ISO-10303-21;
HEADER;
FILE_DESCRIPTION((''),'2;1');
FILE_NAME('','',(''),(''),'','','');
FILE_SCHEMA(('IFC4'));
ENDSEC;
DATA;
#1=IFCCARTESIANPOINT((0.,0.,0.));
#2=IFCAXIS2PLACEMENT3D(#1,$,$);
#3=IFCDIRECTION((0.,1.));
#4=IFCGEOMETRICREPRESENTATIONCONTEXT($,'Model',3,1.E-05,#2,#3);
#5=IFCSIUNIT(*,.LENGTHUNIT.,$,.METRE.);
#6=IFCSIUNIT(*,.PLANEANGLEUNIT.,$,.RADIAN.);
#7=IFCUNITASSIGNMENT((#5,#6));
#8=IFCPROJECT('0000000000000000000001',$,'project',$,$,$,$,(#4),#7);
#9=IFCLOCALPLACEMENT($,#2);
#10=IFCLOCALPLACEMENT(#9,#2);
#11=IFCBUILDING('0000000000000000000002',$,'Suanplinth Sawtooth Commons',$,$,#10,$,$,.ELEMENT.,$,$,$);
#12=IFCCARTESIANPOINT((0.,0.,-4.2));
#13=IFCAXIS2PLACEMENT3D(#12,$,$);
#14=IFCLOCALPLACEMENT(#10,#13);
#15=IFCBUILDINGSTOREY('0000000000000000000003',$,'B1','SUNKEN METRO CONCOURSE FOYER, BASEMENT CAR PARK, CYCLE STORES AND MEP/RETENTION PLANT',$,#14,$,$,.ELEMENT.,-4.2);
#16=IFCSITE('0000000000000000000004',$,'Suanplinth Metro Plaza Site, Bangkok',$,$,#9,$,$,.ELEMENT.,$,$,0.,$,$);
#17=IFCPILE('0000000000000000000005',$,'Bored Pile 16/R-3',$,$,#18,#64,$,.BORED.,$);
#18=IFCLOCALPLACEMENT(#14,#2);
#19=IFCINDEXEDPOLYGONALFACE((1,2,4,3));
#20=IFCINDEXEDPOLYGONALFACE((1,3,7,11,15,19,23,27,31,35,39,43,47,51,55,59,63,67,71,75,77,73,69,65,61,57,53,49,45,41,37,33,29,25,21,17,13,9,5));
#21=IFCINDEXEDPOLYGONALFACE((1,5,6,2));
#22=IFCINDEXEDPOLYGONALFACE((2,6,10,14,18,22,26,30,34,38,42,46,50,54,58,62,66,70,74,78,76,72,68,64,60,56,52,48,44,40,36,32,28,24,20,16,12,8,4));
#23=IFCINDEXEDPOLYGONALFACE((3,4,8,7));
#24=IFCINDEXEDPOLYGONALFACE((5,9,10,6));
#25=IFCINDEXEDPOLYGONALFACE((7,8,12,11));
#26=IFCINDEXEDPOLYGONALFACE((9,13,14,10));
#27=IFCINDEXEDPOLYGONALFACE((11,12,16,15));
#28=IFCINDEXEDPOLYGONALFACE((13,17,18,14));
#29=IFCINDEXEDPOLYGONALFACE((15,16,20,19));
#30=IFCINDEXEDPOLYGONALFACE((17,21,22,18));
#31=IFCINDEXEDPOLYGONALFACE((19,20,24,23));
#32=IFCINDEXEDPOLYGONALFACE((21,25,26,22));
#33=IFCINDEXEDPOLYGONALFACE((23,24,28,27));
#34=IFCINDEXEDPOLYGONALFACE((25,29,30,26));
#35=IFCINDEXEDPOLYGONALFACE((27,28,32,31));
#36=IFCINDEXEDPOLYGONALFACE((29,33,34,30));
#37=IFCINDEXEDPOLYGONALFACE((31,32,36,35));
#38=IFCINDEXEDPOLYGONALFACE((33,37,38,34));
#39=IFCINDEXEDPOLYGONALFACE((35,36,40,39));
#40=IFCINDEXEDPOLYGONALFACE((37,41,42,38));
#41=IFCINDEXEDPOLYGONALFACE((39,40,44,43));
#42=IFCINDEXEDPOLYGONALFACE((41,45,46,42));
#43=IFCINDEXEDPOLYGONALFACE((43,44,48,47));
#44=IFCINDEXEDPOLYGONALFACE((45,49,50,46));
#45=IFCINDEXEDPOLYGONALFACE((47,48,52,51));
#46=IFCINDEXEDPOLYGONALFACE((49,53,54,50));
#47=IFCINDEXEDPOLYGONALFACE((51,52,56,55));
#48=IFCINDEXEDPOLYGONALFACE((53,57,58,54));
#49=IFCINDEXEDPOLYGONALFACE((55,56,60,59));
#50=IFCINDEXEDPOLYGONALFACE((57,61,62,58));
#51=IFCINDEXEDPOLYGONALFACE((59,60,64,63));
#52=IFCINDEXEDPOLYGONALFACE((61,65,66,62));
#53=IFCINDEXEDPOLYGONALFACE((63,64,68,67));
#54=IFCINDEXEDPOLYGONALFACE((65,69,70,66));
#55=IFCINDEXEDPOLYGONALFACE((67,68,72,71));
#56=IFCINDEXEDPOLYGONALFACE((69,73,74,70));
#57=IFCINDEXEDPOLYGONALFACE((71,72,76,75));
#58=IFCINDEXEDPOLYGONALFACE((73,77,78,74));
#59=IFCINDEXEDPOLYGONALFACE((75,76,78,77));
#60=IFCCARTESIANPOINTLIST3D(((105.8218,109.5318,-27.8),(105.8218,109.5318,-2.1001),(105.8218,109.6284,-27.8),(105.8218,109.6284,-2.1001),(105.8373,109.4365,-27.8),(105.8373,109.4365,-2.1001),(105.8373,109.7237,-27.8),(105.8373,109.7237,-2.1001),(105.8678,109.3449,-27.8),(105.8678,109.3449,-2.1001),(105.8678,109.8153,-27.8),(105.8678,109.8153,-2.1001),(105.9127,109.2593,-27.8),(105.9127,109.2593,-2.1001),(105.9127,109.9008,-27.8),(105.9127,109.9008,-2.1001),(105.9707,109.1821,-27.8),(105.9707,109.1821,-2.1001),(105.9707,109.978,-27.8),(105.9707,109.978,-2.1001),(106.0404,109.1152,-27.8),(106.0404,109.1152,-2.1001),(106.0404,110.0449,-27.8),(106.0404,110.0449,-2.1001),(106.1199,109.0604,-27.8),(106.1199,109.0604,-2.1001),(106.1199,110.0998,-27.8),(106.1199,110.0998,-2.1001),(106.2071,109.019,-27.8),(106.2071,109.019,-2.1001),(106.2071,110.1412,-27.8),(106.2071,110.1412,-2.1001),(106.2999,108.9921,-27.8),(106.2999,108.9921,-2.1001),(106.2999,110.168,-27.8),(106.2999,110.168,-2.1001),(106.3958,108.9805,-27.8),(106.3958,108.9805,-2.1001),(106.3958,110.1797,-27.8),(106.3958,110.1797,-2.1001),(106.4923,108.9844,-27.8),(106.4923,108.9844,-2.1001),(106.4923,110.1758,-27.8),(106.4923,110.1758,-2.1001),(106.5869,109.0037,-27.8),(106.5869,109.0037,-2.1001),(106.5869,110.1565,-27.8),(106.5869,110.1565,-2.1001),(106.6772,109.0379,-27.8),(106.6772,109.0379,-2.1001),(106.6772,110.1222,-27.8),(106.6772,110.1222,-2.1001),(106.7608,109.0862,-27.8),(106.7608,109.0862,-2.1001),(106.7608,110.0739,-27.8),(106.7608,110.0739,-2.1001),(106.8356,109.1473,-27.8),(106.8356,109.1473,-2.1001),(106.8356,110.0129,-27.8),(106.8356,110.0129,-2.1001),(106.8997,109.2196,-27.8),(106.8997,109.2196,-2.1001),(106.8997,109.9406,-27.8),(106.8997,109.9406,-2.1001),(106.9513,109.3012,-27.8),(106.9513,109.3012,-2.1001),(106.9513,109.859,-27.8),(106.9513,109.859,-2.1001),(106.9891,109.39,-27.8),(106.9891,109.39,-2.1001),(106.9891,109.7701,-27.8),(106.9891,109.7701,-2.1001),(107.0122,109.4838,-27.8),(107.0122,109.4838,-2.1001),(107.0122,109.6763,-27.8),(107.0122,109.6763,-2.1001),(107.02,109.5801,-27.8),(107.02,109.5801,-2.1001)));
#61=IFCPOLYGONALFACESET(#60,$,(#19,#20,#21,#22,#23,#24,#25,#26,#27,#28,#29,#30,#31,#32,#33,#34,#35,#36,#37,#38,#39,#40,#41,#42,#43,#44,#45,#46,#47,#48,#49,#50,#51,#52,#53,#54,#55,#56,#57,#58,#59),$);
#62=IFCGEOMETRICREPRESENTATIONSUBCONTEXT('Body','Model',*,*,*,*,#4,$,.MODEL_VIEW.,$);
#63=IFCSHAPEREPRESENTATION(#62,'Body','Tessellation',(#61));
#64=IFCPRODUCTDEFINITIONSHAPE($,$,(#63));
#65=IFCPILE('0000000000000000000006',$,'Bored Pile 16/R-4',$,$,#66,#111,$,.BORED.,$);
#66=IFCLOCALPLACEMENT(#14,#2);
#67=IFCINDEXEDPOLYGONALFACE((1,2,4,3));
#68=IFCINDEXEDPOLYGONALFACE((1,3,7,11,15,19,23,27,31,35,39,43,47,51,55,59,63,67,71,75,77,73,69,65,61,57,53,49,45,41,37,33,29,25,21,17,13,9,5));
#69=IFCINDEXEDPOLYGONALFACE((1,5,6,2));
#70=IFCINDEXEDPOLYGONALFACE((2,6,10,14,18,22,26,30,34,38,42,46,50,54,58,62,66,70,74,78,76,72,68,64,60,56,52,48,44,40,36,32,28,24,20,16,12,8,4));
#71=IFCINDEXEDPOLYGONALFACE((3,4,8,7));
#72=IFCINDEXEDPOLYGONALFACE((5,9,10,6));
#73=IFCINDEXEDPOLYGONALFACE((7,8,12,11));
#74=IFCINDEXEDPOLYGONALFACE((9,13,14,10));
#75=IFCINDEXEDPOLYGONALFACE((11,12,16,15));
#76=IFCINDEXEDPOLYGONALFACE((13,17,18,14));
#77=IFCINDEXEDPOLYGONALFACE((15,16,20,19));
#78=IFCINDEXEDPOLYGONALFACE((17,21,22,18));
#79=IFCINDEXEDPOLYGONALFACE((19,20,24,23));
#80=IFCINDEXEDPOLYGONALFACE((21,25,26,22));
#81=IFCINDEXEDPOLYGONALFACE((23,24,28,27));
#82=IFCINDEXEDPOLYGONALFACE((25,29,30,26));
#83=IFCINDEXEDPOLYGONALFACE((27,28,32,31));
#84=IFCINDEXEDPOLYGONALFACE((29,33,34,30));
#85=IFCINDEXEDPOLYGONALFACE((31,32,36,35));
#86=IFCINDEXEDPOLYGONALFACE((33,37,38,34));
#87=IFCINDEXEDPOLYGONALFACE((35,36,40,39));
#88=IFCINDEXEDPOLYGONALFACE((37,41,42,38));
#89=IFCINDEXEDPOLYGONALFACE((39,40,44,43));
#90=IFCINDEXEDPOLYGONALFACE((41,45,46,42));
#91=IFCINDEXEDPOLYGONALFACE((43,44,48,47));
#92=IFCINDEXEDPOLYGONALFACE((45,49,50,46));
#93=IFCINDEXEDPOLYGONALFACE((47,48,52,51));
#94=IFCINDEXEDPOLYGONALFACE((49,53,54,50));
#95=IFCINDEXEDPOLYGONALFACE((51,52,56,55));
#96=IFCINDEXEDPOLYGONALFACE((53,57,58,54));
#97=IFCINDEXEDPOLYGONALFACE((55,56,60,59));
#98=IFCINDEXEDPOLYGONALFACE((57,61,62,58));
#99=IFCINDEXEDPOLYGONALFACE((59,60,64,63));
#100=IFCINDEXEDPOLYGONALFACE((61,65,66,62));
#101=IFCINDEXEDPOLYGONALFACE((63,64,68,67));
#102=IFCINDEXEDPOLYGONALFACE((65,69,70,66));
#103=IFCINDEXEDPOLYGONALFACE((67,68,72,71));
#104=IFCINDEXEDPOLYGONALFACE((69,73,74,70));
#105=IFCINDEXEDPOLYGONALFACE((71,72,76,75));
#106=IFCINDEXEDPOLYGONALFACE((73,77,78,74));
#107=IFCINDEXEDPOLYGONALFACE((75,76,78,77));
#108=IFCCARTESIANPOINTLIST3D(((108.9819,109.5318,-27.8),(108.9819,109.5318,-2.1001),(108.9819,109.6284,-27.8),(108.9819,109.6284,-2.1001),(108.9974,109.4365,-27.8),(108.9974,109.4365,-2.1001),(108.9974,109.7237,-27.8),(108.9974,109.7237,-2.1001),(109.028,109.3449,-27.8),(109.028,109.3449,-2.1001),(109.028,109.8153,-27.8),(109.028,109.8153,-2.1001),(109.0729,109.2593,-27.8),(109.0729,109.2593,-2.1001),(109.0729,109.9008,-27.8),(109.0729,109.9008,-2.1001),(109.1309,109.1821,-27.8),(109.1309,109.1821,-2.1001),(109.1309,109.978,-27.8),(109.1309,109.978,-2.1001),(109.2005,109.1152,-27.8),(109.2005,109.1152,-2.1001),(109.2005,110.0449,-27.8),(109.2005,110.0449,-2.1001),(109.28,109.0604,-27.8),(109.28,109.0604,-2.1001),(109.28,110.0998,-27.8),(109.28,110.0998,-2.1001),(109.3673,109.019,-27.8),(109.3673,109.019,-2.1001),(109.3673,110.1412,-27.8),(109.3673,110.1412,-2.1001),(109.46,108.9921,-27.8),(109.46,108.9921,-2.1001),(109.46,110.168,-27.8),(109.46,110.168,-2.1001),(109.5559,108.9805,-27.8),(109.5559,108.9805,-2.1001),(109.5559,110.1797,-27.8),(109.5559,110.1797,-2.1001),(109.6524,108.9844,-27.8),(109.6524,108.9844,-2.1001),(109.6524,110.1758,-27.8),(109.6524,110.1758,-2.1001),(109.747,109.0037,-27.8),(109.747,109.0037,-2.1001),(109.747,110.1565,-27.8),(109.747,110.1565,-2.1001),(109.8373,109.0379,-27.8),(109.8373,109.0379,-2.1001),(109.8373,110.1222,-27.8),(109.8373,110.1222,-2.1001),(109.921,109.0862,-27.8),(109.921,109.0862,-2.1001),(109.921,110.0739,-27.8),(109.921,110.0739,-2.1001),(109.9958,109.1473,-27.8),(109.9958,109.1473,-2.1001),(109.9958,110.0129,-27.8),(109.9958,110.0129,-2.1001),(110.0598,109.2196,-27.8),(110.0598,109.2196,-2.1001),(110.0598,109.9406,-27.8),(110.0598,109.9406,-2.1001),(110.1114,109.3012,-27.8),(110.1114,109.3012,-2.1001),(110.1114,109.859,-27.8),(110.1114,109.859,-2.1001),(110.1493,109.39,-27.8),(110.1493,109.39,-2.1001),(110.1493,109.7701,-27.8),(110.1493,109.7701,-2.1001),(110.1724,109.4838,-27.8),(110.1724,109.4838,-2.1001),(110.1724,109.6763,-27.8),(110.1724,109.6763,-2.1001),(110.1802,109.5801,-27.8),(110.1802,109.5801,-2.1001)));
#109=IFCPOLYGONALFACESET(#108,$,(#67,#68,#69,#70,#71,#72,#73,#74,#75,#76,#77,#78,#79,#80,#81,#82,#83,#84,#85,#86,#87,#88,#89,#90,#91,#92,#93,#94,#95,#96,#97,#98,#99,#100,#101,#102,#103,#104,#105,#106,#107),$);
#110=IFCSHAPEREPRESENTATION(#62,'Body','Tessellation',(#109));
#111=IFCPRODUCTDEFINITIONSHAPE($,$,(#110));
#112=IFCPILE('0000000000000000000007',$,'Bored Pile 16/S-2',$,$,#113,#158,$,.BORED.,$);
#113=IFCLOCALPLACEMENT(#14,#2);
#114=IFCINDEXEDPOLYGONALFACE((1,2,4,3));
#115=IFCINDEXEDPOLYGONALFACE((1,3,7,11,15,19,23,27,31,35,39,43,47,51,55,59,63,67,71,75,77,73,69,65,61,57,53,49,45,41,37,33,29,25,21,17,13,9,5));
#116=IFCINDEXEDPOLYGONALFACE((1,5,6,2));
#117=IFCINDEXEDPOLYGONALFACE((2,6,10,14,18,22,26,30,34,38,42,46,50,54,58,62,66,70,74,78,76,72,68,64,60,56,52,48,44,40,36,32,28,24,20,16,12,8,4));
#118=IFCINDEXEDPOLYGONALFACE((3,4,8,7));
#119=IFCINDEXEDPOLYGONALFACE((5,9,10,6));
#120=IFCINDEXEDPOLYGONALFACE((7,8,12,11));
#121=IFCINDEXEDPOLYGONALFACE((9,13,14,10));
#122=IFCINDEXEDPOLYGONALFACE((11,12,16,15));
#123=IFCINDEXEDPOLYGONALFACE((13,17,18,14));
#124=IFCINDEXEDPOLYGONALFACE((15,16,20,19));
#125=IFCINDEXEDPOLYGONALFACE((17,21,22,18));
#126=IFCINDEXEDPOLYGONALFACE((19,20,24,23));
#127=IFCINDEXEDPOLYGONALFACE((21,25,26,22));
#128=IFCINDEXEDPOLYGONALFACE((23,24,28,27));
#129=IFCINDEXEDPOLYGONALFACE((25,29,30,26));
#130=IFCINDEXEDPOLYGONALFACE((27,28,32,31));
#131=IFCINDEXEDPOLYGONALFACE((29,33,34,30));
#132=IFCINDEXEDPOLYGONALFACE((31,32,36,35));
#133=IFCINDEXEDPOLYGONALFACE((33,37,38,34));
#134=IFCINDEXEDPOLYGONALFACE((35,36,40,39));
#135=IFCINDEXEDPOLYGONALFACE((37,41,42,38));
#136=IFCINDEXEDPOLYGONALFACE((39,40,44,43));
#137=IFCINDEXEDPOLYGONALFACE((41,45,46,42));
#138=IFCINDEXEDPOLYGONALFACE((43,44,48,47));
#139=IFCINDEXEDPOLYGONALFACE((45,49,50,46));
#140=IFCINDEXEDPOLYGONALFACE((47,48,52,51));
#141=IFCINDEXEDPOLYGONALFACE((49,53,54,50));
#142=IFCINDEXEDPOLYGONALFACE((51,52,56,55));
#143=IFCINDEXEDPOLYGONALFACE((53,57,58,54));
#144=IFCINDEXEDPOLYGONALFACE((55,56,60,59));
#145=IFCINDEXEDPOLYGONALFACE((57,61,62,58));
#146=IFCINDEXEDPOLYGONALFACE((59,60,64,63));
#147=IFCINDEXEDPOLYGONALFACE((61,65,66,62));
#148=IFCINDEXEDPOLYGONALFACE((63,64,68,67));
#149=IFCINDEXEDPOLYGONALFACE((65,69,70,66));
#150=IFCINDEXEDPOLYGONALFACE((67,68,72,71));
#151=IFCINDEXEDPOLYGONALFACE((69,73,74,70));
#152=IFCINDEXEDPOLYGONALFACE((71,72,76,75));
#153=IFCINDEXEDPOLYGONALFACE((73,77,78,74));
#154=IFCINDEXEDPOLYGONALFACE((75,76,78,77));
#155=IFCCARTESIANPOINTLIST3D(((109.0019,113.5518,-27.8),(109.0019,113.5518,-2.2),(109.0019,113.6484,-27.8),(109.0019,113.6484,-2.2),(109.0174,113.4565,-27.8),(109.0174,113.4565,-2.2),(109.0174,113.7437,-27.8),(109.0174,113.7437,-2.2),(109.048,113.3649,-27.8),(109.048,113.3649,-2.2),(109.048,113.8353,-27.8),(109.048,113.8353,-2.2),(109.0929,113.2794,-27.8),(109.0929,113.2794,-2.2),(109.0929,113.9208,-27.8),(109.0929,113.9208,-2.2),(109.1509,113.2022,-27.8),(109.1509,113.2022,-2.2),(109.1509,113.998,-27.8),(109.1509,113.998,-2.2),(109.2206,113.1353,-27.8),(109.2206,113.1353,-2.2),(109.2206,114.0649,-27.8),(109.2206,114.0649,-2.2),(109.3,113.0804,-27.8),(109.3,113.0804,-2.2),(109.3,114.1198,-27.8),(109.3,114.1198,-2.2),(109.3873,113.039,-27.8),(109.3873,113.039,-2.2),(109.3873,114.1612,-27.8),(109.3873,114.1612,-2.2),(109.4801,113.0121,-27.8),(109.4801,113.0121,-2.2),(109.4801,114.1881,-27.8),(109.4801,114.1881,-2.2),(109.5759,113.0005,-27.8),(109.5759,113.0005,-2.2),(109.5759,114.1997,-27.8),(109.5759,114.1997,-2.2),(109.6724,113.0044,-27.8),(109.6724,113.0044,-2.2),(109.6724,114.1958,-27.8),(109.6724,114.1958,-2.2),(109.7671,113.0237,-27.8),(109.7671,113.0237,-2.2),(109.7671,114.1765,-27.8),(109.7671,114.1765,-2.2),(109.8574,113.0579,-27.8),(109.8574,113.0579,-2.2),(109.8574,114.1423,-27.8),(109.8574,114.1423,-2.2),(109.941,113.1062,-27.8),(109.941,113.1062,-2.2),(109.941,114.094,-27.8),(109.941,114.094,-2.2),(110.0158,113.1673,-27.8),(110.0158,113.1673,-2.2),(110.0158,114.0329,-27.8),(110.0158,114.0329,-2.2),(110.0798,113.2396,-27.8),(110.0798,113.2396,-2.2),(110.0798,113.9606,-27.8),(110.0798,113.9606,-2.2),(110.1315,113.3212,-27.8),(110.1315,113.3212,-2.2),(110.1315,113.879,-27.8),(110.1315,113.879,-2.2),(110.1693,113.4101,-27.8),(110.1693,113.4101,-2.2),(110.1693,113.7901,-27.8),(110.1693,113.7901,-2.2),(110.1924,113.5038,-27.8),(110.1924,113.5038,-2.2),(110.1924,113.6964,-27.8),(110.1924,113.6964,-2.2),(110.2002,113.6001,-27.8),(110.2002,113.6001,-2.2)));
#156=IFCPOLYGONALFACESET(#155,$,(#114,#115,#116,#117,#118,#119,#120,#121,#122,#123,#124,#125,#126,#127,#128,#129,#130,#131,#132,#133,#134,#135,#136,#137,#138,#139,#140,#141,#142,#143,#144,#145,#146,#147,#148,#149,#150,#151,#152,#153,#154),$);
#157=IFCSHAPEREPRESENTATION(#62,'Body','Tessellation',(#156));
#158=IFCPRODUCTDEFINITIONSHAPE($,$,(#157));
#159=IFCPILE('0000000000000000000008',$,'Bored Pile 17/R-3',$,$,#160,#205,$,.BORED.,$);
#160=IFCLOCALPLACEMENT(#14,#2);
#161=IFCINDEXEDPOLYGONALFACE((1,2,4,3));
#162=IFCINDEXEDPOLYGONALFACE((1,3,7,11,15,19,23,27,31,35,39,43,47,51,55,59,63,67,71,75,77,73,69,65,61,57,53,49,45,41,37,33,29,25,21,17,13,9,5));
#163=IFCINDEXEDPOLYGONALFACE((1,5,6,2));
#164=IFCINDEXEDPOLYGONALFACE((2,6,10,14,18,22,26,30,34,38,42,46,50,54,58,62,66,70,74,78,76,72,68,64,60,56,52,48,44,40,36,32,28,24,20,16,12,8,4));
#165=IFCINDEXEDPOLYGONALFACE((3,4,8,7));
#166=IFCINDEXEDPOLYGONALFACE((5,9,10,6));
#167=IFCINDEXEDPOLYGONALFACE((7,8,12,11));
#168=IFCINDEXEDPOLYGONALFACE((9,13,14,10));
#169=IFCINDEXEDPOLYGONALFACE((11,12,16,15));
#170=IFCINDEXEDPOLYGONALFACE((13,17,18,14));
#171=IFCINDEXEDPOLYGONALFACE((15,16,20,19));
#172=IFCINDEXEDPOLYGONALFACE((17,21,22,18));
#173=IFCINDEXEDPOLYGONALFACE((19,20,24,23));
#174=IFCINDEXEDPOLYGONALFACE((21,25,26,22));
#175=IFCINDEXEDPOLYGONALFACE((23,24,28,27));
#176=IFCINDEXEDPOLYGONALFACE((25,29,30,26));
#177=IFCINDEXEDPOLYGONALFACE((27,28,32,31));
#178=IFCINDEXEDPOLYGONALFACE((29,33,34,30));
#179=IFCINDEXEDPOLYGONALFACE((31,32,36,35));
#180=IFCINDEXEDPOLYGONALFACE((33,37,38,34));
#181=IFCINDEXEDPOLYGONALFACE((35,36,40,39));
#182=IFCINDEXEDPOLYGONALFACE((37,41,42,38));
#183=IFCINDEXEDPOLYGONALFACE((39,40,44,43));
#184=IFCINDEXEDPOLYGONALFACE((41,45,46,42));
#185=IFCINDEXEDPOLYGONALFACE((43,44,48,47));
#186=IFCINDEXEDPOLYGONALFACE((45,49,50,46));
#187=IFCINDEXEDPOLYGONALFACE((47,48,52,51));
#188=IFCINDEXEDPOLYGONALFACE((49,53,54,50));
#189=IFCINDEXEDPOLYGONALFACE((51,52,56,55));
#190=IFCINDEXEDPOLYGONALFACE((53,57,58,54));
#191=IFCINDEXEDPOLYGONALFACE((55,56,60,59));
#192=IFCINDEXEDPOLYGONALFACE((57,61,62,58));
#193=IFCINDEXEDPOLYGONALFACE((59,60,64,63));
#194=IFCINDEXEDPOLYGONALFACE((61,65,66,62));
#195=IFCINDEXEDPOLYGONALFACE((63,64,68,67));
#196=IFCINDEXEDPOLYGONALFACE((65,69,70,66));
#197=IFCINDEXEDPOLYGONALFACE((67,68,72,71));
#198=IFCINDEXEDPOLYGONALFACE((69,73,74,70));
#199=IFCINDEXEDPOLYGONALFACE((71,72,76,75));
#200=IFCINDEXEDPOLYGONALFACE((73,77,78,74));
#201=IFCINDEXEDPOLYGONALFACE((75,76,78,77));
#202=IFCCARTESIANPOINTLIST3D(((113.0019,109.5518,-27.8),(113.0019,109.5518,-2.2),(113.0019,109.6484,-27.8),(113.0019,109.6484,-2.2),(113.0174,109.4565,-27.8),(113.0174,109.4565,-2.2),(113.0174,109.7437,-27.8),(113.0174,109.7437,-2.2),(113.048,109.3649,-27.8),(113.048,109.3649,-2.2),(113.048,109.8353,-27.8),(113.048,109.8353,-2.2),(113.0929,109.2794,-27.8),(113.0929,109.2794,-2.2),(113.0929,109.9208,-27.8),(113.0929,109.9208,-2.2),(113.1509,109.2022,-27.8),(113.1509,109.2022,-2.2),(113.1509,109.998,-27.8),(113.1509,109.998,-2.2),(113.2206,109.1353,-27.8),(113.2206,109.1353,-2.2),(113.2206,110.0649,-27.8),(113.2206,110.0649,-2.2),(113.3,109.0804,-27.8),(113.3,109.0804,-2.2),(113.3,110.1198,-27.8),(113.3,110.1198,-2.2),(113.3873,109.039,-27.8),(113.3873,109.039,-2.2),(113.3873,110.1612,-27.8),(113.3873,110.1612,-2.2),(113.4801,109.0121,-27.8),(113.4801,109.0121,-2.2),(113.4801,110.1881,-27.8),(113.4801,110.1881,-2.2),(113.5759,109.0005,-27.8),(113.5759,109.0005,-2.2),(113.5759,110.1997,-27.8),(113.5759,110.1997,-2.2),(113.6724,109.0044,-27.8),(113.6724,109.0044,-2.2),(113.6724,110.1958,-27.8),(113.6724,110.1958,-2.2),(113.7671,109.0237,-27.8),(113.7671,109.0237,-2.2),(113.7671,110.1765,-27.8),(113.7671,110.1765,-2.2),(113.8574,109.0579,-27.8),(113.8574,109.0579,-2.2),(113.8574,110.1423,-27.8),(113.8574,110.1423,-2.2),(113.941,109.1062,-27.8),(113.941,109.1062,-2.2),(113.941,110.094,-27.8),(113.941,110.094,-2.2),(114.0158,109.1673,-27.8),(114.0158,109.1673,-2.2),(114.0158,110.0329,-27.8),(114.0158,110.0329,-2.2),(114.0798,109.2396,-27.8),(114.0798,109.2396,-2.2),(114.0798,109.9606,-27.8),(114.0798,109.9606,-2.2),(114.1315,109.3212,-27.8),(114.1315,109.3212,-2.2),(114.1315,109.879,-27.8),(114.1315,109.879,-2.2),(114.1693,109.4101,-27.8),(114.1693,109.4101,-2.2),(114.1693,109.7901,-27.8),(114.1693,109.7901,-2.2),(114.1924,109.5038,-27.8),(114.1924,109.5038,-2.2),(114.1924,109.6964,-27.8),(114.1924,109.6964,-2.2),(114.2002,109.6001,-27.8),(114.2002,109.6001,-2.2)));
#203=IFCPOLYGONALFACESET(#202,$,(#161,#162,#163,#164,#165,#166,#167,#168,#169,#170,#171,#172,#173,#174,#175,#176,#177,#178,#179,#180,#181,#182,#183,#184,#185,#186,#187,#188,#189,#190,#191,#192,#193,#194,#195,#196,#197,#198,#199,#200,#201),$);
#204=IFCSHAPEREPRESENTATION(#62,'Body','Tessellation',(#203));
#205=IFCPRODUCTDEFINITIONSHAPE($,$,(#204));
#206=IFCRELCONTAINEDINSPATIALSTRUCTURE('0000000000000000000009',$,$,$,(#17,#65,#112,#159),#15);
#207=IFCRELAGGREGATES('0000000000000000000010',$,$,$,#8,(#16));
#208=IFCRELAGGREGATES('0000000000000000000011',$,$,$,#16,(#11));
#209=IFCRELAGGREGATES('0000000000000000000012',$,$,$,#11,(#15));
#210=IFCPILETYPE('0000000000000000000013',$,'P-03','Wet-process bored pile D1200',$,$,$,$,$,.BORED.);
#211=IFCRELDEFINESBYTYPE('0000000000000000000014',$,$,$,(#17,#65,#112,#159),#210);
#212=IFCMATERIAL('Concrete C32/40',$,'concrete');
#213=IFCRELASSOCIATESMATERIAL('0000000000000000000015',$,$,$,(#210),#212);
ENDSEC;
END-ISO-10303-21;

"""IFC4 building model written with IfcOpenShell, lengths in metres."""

from ifc_helpers import new_model, si_unit, direction, frame, origin, origin_2d, place, context, subcontext, project, spatial, circle, extrude, material, material_profile, profile_set, type_object, element, save


model = new_model("IFC4")

# Units and contexts
model_context = context("Model", 3, precision=1e-05, world=origin(), true_north=direction((0.0, 1.0)))
body_context = subcontext(model_context, "Body", "Model", "MODEL_VIEW")
ifc_project = project(units=[si_unit("LENGTHUNIT", "METRE"), si_unit("PLANEANGLEUNIT", "RADIAN")], contexts=[model_context])

# Site, building, storey
site_placement = place(None, origin())
site = spatial("IfcSite", under=ifc_project, at=site_placement, Name="Suanplinth Metro Plaza Site, Bangkok", CompositionType="ELEMENT", RefElevation=0.0)
building_placement = place(site_placement, origin())
building = spatial("IfcBuilding", under=site, at=building_placement, Name="Suanplinth Sawtooth Commons", CompositionType="ELEMENT")
storey_placement = place(building_placement, frame((0.0, 0.0, -4.2)))
storey = spatial("IfcBuildingStorey", under=building, at=storey_placement, Name="B1", Description="SUNKEN METRO CONCOURSE FOYER, BASEMENT CAR PARK, CYCLE STORES AND MEP/RETENTION PLANT", CompositionType="ELEMENT", Elevation=-4.2)

# Piles
ifc_material_1 = material(Name="Concrete C32/40", Category="concrete")
ifc_material_profile_1 = material_profile(ifc_material_1, circle(Radius=0.6001, at=origin_2d()), Name="PILE D1200")
ifc_profile_set_1 = profile_set([ifc_material_profile_1], Name="Concrete C32/40")
pile_type_1 = type_object("IfcPileType", Name="P-03", Description="Wet-process bored pile D1200", PredefinedType="BORED", material=ifc_profile_set_1)
for number, where, z_axis, x_axis, name in (
    (1, (106.4199, 109.5801, -2.1001), (0.0, 0.0, -1.0), (1.0, 0.0, 0.0), "Bored Pile 16/R-3"),
    (2, (109.5801, 109.5801, -2.1001), (0.0, 0.0, -1.0), (1.0, 0.0, 0.0), "Bored Pile 16/R-4"),
):
    element("IfcPile", number, at=place(storey_placement, frame(where, z_axis=z_axis, x_axis=x_axis)), inside=storey, type_object=pile_type_1, Name=name, PredefinedType="BORED", context=body_context, shape_type="SweptSolid", body=[
        extrude(circle(Radius=0.6001, at=origin_2d()), origin(), (0.0, 0.0, 1.0), 25.7),
    ])
for number, where, z_axis, x_axis, name in (
    (3, (109.6001, 113.6001, -2.2), (0.0, 0.0, -1.0), (1.0, 0.0, 0.0), "Bored Pile 16/S-2"),
    (4, (113.6001, 109.6001, -2.2), (0.0, 0.0, -1.0), (1.0, 0.0, 0.0), "Bored Pile 17/R-3"),
):
    element("IfcPile", number, at=place(storey_placement, frame(where, z_axis=z_axis, x_axis=x_axis)), inside=storey, type_object=pile_type_1, Name=name, PredefinedType="BORED", context=body_context, shape_type="SweptSolid", body=[
        extrude(circle(Radius=0.6001, at=origin_2d()), origin(), (0.0, 0.0, 1.0), 25.6001),
    ])

save(model, "model.ifc")
